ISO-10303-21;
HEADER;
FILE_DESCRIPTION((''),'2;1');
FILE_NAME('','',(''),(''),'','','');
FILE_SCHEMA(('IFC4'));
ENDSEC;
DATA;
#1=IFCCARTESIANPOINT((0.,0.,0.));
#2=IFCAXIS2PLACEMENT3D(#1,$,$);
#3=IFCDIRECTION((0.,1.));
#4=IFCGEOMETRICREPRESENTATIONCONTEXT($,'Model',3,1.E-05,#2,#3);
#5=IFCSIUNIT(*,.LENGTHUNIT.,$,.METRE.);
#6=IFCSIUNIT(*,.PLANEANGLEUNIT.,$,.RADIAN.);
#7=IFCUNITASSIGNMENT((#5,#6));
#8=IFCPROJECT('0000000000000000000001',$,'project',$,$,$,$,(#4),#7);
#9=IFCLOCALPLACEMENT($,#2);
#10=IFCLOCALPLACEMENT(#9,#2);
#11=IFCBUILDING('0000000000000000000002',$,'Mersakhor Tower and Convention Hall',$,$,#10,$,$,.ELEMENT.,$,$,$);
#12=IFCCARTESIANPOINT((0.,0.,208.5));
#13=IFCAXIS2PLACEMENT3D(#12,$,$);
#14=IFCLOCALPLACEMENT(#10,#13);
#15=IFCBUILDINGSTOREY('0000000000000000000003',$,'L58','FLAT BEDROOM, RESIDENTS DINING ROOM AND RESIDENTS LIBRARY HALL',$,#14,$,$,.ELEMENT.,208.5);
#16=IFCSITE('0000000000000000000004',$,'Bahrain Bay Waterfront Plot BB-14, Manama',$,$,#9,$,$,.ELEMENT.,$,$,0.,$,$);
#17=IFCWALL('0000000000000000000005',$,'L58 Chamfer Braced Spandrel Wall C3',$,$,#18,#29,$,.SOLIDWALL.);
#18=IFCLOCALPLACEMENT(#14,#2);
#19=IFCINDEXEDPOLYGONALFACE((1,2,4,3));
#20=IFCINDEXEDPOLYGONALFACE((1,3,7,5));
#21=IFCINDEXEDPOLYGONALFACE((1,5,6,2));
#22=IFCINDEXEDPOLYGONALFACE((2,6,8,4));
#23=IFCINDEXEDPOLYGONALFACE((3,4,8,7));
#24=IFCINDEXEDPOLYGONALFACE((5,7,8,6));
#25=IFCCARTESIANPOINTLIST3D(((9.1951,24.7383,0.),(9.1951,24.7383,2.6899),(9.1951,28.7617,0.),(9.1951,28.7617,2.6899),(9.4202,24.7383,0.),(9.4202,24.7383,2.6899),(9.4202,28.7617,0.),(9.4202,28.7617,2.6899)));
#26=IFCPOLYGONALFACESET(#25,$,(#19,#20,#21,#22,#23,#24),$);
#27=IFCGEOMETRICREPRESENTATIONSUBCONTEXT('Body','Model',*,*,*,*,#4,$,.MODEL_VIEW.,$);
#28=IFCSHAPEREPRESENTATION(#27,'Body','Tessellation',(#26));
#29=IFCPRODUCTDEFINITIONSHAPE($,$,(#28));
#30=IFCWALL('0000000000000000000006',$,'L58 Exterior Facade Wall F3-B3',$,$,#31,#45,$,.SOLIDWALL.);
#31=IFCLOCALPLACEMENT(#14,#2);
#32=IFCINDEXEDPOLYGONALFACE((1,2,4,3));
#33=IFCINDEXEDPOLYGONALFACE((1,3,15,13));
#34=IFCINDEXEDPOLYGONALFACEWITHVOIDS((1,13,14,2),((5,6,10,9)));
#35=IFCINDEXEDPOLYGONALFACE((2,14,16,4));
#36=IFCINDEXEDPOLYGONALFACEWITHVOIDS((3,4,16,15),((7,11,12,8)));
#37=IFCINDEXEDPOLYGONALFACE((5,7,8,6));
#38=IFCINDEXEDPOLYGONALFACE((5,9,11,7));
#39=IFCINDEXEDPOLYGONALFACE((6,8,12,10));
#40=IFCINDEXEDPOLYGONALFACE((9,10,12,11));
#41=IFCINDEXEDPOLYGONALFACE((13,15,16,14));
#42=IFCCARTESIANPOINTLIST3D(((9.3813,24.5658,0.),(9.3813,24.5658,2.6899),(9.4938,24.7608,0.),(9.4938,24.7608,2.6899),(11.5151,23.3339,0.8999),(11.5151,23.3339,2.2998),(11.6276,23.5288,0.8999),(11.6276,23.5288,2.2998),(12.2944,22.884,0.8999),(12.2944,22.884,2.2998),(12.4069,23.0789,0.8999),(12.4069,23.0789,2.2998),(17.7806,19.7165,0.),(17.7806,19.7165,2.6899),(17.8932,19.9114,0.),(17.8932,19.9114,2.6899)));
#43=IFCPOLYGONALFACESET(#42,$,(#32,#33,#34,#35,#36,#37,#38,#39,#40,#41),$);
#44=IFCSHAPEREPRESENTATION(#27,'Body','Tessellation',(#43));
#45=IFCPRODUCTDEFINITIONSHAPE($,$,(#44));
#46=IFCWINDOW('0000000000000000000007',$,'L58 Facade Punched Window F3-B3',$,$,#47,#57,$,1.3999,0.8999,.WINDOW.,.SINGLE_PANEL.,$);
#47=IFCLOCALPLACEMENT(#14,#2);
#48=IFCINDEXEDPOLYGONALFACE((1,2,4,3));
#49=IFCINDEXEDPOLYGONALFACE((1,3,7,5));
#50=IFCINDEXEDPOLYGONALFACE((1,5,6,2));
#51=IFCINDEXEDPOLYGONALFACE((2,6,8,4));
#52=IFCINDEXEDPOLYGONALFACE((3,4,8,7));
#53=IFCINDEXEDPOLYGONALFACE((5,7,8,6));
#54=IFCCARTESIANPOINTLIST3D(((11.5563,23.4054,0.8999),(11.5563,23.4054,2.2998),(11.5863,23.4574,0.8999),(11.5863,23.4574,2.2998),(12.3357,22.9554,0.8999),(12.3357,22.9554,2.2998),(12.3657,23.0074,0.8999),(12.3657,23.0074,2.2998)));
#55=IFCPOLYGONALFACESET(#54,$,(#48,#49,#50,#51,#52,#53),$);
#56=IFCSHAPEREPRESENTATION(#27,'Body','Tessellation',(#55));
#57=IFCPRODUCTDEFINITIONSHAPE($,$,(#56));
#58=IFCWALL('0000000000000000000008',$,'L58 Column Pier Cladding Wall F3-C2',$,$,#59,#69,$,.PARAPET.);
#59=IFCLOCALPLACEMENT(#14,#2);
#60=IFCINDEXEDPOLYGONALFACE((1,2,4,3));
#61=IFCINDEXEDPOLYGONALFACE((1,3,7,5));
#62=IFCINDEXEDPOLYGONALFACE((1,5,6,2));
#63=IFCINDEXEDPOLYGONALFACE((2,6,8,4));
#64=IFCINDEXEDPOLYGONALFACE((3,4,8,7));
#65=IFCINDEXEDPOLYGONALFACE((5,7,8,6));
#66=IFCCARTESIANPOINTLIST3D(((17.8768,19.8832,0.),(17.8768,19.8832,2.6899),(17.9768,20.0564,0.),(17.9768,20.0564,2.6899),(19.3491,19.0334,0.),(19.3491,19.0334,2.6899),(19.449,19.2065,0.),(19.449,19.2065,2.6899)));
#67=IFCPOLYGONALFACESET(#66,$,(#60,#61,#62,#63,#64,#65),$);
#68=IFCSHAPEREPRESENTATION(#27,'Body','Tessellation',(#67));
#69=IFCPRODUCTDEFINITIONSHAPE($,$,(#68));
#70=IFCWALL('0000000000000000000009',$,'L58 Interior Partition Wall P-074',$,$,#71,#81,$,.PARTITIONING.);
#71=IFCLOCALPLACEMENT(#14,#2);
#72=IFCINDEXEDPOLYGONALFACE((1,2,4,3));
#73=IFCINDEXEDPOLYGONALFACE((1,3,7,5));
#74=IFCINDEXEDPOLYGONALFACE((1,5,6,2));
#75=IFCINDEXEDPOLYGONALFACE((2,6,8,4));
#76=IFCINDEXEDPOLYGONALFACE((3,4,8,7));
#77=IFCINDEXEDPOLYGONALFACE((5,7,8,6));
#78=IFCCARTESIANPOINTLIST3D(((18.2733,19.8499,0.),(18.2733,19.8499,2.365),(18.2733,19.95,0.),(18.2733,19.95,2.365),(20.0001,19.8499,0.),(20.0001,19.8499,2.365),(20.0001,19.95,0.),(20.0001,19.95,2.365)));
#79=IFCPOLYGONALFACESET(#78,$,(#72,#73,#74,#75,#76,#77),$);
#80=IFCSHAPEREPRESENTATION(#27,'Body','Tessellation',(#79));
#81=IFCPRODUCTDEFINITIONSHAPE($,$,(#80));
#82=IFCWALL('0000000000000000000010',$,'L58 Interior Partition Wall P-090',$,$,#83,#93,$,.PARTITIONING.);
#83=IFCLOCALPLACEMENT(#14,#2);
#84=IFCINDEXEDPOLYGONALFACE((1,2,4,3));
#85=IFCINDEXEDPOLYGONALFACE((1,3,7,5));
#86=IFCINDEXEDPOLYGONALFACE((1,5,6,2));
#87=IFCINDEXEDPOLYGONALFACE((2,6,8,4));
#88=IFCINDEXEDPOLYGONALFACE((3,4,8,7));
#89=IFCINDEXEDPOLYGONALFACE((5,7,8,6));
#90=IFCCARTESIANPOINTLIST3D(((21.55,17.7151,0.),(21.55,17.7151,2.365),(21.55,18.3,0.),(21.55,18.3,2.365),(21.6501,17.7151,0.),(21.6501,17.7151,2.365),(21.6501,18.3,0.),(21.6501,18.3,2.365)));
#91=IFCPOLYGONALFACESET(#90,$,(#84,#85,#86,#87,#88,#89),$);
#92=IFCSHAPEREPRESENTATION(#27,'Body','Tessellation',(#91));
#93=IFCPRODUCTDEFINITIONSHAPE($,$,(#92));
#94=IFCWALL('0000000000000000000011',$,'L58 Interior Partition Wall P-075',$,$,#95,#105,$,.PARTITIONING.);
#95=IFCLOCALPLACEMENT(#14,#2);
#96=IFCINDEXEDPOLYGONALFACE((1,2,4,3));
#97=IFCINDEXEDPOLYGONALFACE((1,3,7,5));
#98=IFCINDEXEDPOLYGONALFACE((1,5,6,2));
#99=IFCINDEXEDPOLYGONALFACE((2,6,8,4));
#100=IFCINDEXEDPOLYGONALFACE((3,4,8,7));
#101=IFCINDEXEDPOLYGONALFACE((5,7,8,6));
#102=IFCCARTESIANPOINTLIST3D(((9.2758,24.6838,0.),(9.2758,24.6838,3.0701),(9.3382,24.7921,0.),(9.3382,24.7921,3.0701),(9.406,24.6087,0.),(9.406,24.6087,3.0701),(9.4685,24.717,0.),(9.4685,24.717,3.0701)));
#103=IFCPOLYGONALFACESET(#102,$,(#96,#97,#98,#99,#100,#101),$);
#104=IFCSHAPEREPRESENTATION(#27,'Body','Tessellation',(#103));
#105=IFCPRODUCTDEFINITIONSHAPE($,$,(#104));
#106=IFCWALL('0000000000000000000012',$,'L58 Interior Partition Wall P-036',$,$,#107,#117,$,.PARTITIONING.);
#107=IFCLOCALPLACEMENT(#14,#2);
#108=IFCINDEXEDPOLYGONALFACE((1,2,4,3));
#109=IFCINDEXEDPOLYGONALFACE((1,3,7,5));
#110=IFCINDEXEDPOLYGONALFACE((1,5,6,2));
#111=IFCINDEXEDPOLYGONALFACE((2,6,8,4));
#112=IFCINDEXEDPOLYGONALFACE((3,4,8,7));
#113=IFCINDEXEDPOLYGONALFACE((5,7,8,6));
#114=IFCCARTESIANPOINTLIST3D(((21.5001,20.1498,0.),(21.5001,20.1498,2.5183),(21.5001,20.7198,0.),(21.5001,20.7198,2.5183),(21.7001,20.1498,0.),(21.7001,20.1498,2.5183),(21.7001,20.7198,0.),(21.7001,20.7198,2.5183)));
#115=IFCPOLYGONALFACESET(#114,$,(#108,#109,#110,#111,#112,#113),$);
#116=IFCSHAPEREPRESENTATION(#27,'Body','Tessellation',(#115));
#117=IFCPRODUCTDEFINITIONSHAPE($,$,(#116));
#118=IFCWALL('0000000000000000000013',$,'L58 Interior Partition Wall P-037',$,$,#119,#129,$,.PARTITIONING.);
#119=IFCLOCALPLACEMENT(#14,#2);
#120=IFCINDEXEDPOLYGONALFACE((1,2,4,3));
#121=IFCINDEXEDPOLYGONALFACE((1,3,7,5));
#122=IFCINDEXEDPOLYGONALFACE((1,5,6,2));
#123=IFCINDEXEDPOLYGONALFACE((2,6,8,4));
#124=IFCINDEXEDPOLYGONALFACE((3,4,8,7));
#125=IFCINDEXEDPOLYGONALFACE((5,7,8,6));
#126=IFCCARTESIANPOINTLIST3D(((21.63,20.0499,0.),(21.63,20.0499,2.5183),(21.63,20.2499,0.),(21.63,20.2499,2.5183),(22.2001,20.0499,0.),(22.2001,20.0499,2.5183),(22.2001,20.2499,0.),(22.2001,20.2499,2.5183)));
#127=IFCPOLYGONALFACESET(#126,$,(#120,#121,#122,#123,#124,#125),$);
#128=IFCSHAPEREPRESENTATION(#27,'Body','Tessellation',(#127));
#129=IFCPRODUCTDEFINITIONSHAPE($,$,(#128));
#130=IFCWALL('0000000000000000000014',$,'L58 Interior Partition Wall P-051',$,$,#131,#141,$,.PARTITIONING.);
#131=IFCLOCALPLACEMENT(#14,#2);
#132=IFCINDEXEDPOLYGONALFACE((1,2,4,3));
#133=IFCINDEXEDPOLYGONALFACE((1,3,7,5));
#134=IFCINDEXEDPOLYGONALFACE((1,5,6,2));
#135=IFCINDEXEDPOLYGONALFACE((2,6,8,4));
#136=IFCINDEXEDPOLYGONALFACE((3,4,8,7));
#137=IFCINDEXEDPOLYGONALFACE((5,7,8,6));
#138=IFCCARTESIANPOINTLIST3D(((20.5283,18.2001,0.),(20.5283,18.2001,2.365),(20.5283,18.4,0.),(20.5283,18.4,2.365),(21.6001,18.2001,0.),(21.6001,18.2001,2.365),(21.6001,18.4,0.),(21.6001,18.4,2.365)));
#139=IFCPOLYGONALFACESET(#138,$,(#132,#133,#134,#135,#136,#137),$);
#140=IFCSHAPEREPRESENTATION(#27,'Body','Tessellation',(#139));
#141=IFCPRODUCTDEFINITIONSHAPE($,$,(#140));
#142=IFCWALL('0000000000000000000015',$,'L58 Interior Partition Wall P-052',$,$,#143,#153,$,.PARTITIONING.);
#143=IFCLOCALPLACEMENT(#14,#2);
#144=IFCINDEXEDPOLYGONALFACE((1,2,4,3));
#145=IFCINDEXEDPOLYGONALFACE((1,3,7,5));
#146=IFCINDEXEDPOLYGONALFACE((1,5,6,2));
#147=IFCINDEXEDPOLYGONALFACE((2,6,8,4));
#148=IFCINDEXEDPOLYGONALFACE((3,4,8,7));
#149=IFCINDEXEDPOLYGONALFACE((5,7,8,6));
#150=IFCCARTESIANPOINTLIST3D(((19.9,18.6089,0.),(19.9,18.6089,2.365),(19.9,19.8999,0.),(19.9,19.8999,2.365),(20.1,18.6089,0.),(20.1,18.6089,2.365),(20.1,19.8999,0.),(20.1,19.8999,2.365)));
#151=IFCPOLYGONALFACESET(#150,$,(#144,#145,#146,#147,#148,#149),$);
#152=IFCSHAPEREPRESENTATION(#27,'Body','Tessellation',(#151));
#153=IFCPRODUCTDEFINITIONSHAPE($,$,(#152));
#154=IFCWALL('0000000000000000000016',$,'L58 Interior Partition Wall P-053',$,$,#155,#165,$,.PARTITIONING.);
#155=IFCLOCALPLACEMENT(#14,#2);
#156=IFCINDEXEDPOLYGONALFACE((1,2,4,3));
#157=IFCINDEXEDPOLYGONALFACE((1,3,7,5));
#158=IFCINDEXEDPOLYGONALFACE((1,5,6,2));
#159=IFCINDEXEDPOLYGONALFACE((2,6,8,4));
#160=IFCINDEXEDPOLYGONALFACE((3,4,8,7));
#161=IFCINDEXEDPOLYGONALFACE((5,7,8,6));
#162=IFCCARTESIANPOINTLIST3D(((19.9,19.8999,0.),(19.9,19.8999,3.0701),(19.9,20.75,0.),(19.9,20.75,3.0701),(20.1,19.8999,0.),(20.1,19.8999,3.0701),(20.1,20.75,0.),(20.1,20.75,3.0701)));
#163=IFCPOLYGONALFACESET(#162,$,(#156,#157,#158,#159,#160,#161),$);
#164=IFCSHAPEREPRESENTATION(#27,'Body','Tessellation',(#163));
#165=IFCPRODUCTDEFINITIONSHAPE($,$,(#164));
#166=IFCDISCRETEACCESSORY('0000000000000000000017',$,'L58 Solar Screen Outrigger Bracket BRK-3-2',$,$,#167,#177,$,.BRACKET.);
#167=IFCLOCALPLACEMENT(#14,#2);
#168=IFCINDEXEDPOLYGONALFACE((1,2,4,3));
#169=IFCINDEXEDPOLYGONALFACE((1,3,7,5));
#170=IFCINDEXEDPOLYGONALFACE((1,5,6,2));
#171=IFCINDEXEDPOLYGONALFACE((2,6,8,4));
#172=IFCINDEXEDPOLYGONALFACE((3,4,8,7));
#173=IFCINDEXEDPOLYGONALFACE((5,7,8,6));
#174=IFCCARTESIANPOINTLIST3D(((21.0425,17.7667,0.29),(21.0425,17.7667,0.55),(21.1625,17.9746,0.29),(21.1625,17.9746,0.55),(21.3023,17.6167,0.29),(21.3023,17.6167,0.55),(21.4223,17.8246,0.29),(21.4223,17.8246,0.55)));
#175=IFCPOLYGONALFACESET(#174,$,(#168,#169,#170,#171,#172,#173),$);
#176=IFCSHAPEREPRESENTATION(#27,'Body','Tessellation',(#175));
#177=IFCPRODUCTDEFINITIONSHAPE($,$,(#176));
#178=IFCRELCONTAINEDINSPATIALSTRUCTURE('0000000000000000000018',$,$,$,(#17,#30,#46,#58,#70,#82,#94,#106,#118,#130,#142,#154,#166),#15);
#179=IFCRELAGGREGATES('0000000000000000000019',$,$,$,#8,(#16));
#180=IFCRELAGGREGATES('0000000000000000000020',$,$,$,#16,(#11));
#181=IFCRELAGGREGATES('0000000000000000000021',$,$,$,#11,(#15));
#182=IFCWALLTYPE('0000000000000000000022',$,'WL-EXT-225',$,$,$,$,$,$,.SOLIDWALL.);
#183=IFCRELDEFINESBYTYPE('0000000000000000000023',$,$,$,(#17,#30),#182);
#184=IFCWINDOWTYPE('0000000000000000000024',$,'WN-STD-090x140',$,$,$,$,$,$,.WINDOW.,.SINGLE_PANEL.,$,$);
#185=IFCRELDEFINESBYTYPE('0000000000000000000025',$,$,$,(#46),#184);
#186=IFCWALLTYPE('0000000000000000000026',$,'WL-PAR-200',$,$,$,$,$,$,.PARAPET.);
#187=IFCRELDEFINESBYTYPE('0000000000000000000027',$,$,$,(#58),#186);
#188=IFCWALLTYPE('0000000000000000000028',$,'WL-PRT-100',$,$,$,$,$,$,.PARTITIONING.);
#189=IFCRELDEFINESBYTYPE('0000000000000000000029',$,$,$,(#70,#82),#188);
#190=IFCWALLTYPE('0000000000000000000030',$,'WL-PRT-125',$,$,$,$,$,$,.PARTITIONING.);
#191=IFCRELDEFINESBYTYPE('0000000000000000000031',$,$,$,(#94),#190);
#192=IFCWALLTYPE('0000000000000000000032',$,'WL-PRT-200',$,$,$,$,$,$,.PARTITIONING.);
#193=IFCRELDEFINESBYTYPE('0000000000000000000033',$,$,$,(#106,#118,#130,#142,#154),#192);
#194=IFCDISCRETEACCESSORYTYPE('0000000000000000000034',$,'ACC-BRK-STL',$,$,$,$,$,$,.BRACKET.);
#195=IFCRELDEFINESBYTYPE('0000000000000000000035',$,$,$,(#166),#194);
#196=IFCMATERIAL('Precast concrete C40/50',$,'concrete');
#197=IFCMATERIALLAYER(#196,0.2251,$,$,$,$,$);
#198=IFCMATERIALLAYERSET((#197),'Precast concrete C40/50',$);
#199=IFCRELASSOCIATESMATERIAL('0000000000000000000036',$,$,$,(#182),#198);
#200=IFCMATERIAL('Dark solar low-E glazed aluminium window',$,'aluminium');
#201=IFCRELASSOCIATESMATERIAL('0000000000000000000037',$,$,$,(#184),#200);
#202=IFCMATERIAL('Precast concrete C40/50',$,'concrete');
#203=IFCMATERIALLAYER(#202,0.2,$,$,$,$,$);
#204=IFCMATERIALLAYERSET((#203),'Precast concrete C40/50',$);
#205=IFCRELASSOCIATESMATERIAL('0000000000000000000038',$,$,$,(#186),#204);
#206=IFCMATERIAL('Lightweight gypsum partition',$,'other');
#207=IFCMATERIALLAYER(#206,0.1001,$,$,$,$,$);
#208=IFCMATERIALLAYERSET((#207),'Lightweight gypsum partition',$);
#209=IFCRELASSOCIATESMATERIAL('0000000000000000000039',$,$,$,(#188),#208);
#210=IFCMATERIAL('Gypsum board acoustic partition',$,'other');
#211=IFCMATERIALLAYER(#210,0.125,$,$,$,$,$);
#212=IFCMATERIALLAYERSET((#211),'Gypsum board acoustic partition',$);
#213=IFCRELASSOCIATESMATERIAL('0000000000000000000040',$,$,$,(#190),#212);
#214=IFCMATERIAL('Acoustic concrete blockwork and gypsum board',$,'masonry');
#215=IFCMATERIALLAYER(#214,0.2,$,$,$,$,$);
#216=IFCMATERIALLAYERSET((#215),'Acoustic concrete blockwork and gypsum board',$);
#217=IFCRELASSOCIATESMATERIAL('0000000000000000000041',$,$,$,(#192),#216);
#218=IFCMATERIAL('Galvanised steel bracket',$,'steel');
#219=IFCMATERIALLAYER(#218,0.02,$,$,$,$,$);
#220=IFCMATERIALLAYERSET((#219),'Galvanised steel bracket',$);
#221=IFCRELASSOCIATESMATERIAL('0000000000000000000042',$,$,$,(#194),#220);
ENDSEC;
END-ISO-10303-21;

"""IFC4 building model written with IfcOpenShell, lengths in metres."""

from ifc_helpers import new_model, si_unit, direction, frame, frame_2d, origin, origin_2d, place, context, subcontext, project, spatial, rectangle, extrude, material, layer, layer_set, type_object, element, fill, save


model = new_model("IFC4")

# Units and contexts
model_context = context("Model", 3, precision=1e-05, world=origin(), true_north=direction((0.0, 1.0)))
body_context = subcontext(model_context, "Body", "Model", "MODEL_VIEW")
ifc_project = project(units=[si_unit("LENGTHUNIT", "METRE"), si_unit("PLANEANGLEUNIT", "RADIAN")], contexts=[model_context])

# Site, building, storey
site_placement = place(None, origin())
site = spatial("IfcSite", under=ifc_project, at=site_placement, Name="Bahrain Bay Waterfront Plot BB-14, Manama", CompositionType="ELEMENT", RefElevation=0.0)
building_placement = place(site_placement, origin())
building = spatial("IfcBuilding", under=site, at=building_placement, Name="Mersakhor Tower and Convention Hall", CompositionType="ELEMENT")
storey_placement = place(building_placement, frame((0.0, 0.0, 208.5)))
storey = spatial("IfcBuildingStorey", under=building, at=storey_placement, Name="L58", Description="FLAT BEDROOM, RESIDENTS DINING ROOM AND RESIDENTS LIBRARY HALL", CompositionType="ELEMENT", Elevation=208.5)

# Wall
ifc_material_1 = material(Name="Precast concrete C40/50", Category="concrete")
ifc_layer_1 = layer(ifc_material_1, 0.2251)
ifc_layer_set_1 = layer_set([ifc_layer_1], Name="Precast concrete C40/50")
wall_type_1 = type_object("IfcWallType", Name="WL-EXT-225", PredefinedType="SOLIDWALL", material=ifc_layer_set_1)
wall_1_placement = place(storey_placement, frame((9.3076, 24.7383, 0.0), z_axis=(0.0, 0.0, 1.0), x_axis=(0.0, 1.0, 0.0)))
element("IfcWall", 1, at=wall_1_placement, inside=storey, type_object=wall_type_1, Name="L58 Chamfer Braced Spandrel Wall C3", PredefinedType="SOLIDWALL", context=body_context, shape_type="SweptSolid", body=[
    extrude(rectangle(XDim=4.0234, YDim=0.2251, at=frame_2d((2.0117, 0.0))), origin(), (0.0, 0.0, 1.0), 2.6899),
])

# Wall, opening, window
wall_2_placement = place(storey_placement, frame((17.8369, 19.814, 0.0), z_axis=(0.0, 0.0, 1.0), x_axis=(-0.866027, 0.499997, 0.0)))
wall_2 = element("IfcWall", 2, at=wall_2_placement, inside=storey, type_object=wall_type_1, Name="L58 Exterior Facade Wall F3-B3", PredefinedType="SOLIDWALL", context=body_context, shape_type="SweptSolid", body=[
    extrude(rectangle(XDim=9.6987, YDim=0.2251, at=frame_2d((4.8494, 0.0))), origin(), (0.0, 0.0, 1.0), 2.6899),
])
opening_1_placement = place(wall_2_placement, frame((6.335, 0.0, 0.8999)))
opening_1 = element("IfcOpeningElement", 3, at=opening_1_placement, cuts=wall_2, PredefinedType="OPENING", context=body_context, shape_type="SweptSolid", body=[
    extrude(rectangle(XDim=0.8999, YDim=1.3999, at=frame_2d((0.45, 0.7))), frame((0.0, 0.1226, 0.0), z_axis=(0.0, -1.0, 0.0), x_axis=(1.0, 0.0, 0.0)), (0.0, 0.0, 1.0), 0.2451),
])
ifc_material_2 = material(Name="Dark solar low-E glazed aluminium window", Category="aluminium")
window_type = type_object("IfcWindowType", Name="WN-STD-090x140", PartitioningType="SINGLE_PANEL", PredefinedType="WINDOW", material=ifc_material_2)
window_placement = place(opening_1_placement, origin())
window = element("IfcWindow", 4, at=window_placement, inside=storey, type_object=window_type, Name="L58 Facade Punched Window F3-B3", OverallHeight=1.3999, OverallWidth=0.8999, PartitioningType="SINGLE_PANEL", PredefinedType="WINDOW", context=body_context, shape_type="SweptSolid", body=[
    extrude(rectangle(XDim=0.8999, YDim=1.3999, at=frame_2d((0.45, 0.7))), frame((0.0, 0.03, 0.0), z_axis=(0.0, -1.0, 0.0), x_axis=(1.0, 0.0, 0.0)), (0.0, 0.0, 1.0), 0.0601),
])
fill(opening_1, window)

# Walls
ifc_material_3 = material(Name="Precast concrete C40/50", Category="concrete")
ifc_layer_2 = layer(ifc_material_3, 0.2)
ifc_layer_set_2 = layer_set([ifc_layer_2], Name="Precast concrete C40/50")
wall_type_2 = type_object("IfcWallType", Name="WL-PAR-200", PredefinedType="PARAPET", material=ifc_layer_set_2)
wall_3_placement = place(storey_placement, frame((19.3992, 19.1199, 0.0), z_axis=(0.0, 0.0, 1.0), x_axis=(-0.866052, 0.499955, 0.0)))
element("IfcWall", 5, at=wall_3_placement, inside=storey, type_object=wall_type_2, Name="L58 Column Pier Cladding Wall F3-C2", PredefinedType="PARAPET", context=body_context, shape_type="SweptSolid", body=[
    extrude(rectangle(XDim=1.7, YDim=0.2, at=frame_2d((0.8501, 0.0))), origin(), (0.0, 0.0, 1.0), 2.6899),
])
ifc_material_4 = material(Name="Lightweight gypsum partition", Category="other")
ifc_layer_3 = layer(ifc_material_4, 0.1001)
ifc_layer_set_3 = layer_set([ifc_layer_3], Name="Lightweight gypsum partition")
wall_type_3 = type_object("IfcWallType", Name="WL-PRT-100", PredefinedType="PARTITIONING", material=ifc_layer_set_3)
wall_4_placement = place(storey_placement, frame((20.0, 19.8999, 0.0), z_axis=(0.0, 0.0, 1.0), x_axis=(-1.0, 0.0, 0.0)))
element("IfcWall", 6, at=wall_4_placement, inside=storey, type_object=wall_type_3, Name="L58 Interior Partition Wall P-074", PredefinedType="PARTITIONING", context=body_context, shape_type="SweptSolid", body=[
    extrude(rectangle(XDim=1.7268, YDim=0.1001, at=frame_2d((0.8633, 0.0))), origin(), (0.0, 0.0, 1.0), 2.365),
])
wall_5_placement = place(storey_placement, frame((21.6001, 17.7151, 0.0), z_axis=(0.0, 0.0, 1.0), x_axis=(0.0, 1.0, 0.0)))
element("IfcWall", 7, at=wall_5_placement, inside=storey, type_object=wall_type_3, Name="L58 Interior Partition Wall P-090", PredefinedType="PARTITIONING", context=body_context, shape_type="SweptSolid", body=[
    extrude(rectangle(XDim=0.585, YDim=0.1001, at=frame_2d((0.2925, 0.0))), origin(), (0.0, 0.0, 1.0), 2.365),
])
ifc_material_5 = material(Name="Gypsum board acoustic partition", Category="other")
ifc_layer_4 = layer(ifc_material_5, 0.125)
ifc_layer_set_4 = layer_set([ifc_layer_4], Name="Gypsum board acoustic partition")
wall_type_4 = type_object("IfcWallType", Name="WL-PRT-125", PredefinedType="PARTITIONING", material=ifc_layer_set_4)
wall_6_placement = place(storey_placement, frame((9.4373, 24.6628, 0.0), z_axis=(0.0, 0.0, 1.0), x_axis=(-0.86624, 0.499629, 0.0)))
element("IfcWall", 8, at=wall_6_placement, inside=storey, type_object=wall_type_4, Name="L58 Interior Partition Wall P-075", PredefinedType="PARTITIONING", context=body_context, shape_type="SweptSolid", body=[
    extrude(rectangle(XDim=0.1504, YDim=0.125, at=frame_2d((0.0752, 0.0))), origin(), (0.0, 0.0, 1.0), 3.0701),
])

# Shared definitions
ifc_material_6 = material(Name="Acoustic concrete blockwork and gypsum board", Category="masonry")
ifc_layer_5 = layer(ifc_material_6, 0.2)
ifc_layer_set_5 = layer_set([ifc_layer_5], Name="Acoustic concrete blockwork and gypsum board")
wall_type_5 = type_object("IfcWallType", Name="WL-PRT-200", PredefinedType="PARTITIONING", material=ifc_layer_set_5)

# Walls
for number, where, z_axis, x_axis, name in (
    (9, (21.6001, 20.72, 0.0), (0.0, 0.0, 1.0), (0.0, -1.0, 0.0), "L58 Interior Partition Wall P-036"),
    (10, (21.6299, 20.1499, 0.0), (0.0, 0.0, 1.0), (1.0, 0.0, 0.0), "L58 Interior Partition Wall P-037"),
):
    element("IfcWall", number, at=place(storey_placement, frame(where, z_axis=z_axis, x_axis=x_axis)), inside=storey, type_object=wall_type_5, Name=name, PredefinedType="PARTITIONING", context=body_context, shape_type="SweptSolid", body=[
        extrude(rectangle(XDim=0.5701, YDim=0.2, at=frame_2d((0.2852, 0.0))), origin(), (0.0, 0.0, 1.0), 2.5183),
    ])
wall_7_placement = place(storey_placement, frame((21.6001, 18.3, 0.0), z_axis=(0.0, 0.0, 1.0), x_axis=(-1.0, 0.0, 0.0)))
element("IfcWall", 11, at=wall_7_placement, inside=storey, type_object=wall_type_5, Name="L58 Interior Partition Wall P-051", PredefinedType="PARTITIONING", context=body_context, shape_type="SweptSolid", body=[
    extrude(rectangle(XDim=1.0718, YDim=0.2, at=frame_2d((0.5359, 0.0))), origin(), (0.0, 0.0, 1.0), 2.365),
])
wall_8_placement = place(storey_placement, frame((20.0, 18.6089, 0.0), z_axis=(0.0, 0.0, 1.0), x_axis=(0.0, 1.0, 0.0)))
element("IfcWall", 12, at=wall_8_placement, inside=storey, type_object=wall_type_5, Name="L58 Interior Partition Wall P-052", PredefinedType="PARTITIONING", context=body_context, shape_type="SweptSolid", body=[
    extrude(rectangle(XDim=1.291, YDim=0.2, at=frame_2d((0.6455, 0.0))), origin(), (0.0, 0.0, 1.0), 2.365),
])
wall_9_placement = place(storey_placement, frame((20.0, 19.8999, 0.0), z_axis=(0.0, 0.0, 1.0), x_axis=(0.0, 1.0, 0.0)))
element("IfcWall", 13, at=wall_9_placement, inside=storey, type_object=wall_type_5, Name="L58 Interior Partition Wall P-053", PredefinedType="PARTITIONING", context=body_context, shape_type="SweptSolid", body=[
    extrude(rectangle(XDim=0.8501, YDim=0.2, at=frame_2d((0.425, 0.0))), origin(), (0.0, 0.0, 1.0), 3.0701),
])

# Discrete accessory
ifc_material_7 = material(Name="Galvanised steel bracket", Category="steel")
ifc_layer_6 = layer(ifc_material_7, 0.02)
ifc_layer_set_6 = layer_set([ifc_layer_6], Name="Galvanised steel bracket")
discrete_accessory_type = type_object("IfcDiscreteAccessoryType", Name="ACC-BRK-STL", PredefinedType="BRACKET", material=ifc_layer_set_6)
discrete_accessory_placement = place(storey_placement, frame((21.2324, 17.7957, 0.29), z_axis=(0.0, 0.0, 1.0), x_axis=(-0.866025, 0.5, 0.0)))
element("IfcDiscreteAccessory", 14, at=discrete_accessory_placement, inside=storey, type_object=discrete_accessory_type, Name="L58 Solar Screen Outrigger Bracket BRK-3-2", PredefinedType="BRACKET", context=body_context, shape_type="SweptSolid", body=[
    extrude(rectangle(XDim=0.3, YDim=0.24, at=origin_2d()), origin(), (0.0, 0.0, 1.0), 0.26),
])

save(model, "model.ifc")
